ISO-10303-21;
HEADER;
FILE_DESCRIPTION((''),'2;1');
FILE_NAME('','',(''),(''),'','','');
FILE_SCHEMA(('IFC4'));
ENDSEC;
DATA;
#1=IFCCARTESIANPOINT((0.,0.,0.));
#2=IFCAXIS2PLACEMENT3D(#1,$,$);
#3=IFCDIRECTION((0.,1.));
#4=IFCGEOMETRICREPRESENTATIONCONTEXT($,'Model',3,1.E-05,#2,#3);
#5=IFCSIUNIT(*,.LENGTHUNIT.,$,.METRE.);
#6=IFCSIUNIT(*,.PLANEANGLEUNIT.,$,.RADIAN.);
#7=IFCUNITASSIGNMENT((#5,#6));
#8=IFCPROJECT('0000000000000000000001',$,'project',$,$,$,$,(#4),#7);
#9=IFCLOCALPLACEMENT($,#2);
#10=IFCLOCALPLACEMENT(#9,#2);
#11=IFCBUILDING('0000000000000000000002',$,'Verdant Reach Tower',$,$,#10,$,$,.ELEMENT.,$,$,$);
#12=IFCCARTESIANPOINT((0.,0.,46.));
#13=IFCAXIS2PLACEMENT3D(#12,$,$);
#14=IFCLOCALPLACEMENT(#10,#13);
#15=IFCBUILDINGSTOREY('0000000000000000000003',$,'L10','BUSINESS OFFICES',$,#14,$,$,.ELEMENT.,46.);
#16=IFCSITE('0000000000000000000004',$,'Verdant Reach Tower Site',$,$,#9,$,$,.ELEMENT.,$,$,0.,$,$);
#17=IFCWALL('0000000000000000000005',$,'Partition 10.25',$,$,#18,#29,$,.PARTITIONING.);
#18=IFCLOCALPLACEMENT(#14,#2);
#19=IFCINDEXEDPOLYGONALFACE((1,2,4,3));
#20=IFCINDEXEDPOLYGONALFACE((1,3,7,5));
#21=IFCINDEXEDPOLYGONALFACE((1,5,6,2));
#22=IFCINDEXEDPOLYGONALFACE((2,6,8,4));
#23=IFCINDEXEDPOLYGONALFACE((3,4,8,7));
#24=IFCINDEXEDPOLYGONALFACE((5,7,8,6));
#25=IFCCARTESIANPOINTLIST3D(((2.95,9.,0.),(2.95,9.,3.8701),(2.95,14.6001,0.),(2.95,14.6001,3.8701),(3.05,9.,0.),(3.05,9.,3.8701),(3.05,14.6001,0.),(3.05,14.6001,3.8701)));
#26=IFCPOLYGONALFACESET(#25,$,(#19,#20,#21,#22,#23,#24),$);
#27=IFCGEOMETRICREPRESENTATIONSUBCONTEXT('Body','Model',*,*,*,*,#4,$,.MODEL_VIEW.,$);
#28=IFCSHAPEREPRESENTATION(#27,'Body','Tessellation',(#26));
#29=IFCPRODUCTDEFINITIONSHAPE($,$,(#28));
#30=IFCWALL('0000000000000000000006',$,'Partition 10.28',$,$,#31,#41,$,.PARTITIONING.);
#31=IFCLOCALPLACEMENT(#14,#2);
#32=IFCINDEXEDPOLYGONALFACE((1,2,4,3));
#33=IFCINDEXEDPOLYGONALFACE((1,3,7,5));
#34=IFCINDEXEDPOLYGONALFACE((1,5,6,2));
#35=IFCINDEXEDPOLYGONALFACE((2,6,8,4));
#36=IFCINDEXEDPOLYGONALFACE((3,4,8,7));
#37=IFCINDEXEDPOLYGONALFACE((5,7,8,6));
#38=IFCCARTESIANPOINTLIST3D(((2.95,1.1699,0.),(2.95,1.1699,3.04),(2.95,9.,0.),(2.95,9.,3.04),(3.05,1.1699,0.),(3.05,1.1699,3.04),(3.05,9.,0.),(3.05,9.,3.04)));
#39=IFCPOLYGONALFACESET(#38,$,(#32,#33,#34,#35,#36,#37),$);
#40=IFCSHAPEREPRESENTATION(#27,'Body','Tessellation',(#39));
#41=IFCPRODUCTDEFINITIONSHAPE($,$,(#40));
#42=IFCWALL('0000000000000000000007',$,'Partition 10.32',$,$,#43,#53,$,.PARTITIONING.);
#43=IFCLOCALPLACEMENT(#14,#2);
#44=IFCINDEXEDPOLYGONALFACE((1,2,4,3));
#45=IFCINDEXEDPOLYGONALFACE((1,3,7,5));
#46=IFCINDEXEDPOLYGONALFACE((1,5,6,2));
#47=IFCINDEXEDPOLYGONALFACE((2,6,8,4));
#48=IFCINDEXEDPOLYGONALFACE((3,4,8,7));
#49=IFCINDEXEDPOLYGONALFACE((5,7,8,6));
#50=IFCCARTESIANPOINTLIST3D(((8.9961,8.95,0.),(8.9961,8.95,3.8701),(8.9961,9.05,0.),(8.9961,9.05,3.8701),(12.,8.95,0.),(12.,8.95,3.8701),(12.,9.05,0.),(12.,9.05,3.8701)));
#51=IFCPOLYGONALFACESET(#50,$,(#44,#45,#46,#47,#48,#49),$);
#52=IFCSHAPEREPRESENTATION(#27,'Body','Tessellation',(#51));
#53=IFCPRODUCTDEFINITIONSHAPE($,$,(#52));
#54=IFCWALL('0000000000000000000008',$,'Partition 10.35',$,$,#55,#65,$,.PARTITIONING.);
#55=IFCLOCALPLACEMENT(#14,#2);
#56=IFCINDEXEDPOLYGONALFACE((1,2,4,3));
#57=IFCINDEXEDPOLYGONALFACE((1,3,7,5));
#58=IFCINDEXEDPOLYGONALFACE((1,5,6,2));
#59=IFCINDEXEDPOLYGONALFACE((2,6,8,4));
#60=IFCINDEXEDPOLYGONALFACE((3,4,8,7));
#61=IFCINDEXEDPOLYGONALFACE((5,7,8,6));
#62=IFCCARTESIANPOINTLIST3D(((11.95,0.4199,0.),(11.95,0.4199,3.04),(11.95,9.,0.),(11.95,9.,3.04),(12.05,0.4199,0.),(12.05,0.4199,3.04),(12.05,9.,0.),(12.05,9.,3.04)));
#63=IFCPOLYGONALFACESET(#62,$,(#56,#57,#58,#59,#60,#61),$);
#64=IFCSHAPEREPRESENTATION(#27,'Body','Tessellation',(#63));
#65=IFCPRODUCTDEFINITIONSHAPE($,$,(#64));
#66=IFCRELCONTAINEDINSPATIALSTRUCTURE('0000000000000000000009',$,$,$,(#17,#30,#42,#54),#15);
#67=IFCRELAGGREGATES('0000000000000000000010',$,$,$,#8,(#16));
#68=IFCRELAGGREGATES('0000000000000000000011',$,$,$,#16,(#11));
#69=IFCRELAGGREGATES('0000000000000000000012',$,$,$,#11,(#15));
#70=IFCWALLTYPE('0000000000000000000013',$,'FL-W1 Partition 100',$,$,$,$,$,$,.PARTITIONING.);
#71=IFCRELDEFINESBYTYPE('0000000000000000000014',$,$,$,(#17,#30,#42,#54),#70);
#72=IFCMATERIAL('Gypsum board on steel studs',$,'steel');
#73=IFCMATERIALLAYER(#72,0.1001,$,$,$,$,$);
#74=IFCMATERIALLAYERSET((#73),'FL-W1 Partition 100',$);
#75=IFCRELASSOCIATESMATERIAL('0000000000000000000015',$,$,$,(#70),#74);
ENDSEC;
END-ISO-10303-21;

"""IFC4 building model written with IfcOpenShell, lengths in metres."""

from ifc_helpers import new_model, si_unit, direction, frame, frame_2d, origin, place, context, subcontext, project, spatial, rectangle, extrude, material, layer, layer_set, type_object, element, save


model = new_model("IFC4")

# Units and contexts
model_context = context("Model", 3, precision=1e-05, world=origin(), true_north=direction((0.0, 1.0)))
body_context = subcontext(model_context, "Body", "Model", "MODEL_VIEW")
ifc_project = project(units=[si_unit("LENGTHUNIT", "METRE"), si_unit("PLANEANGLEUNIT", "RADIAN")], contexts=[model_context])

# Site, building, storey
site_placement = place(None, origin())
site = spatial("IfcSite", under=ifc_project, at=site_placement, Name="Verdant Reach Tower Site", CompositionType="ELEMENT", RefElevation=0.0)
building_placement = place(site_placement, origin())
building = spatial("IfcBuilding", under=site, at=building_placement, Name="Verdant Reach Tower", CompositionType="ELEMENT")
storey_placement = place(building_placement, frame((0.0, 0.0, 46.0)))
storey = spatial("IfcBuildingStorey", under=building, at=storey_placement, Name="L10", Description="BUSINESS OFFICES", CompositionType="ELEMENT", Elevation=46.0)

# Shared definitions
ifc_material_1 = material(Name="Gypsum board on steel studs", Category="steel")
ifc_layer_1 = layer(ifc_material_1, 0.1001)
ifc_layer_set_1 = layer_set([ifc_layer_1], Name="FL-W1 Partition 100")
wall_type = type_object("IfcWallType", Name="FL-W1 Partition 100", PredefinedType="PARTITIONING", material=ifc_layer_set_1)

# Walls
wall_1_placement = place(storey_placement, frame((3.0, 9.0, 0.0), z_axis=(0.0, 0.0, 1.0), x_axis=(0.0, 1.0, 0.0)))
element("IfcWall", 1, at=wall_1_placement, inside=storey, type_object=wall_type, Name="Partition 10.25", PredefinedType="PARTITIONING", context=body_context, shape_type="SweptSolid", body=[
    extrude(rectangle(XDim=5.6001, YDim=0.1001, at=frame_2d((2.8, 0.0))), origin(), (0.0, 0.0, 1.0), 3.8701),
])
wall_2_placement = place(storey_placement, frame((3.0, 1.1699, 0.0), z_axis=(0.0, 0.0, 1.0), x_axis=(0.0, 1.0, 0.0)))
element("IfcWall", 2, at=wall_2_placement, inside=storey, type_object=wall_type, Name="Partition 10.28", PredefinedType="PARTITIONING", context=body_context, shape_type="SweptSolid", body=[
    extrude(rectangle(XDim=7.8301, YDim=0.1001, at=frame_2d((3.915, 0.0))), origin(), (0.0, 0.0, 1.0), 3.04),
])
wall_3_placement = place(storey_placement, frame((8.9961, 9.0, 0.0), z_axis=(0.0, 0.0, 1.0), x_axis=(1.0, 0.0, 0.0)))
element("IfcWall", 3, at=wall_3_placement, inside=storey, type_object=wall_type, Name="Partition 10.32", PredefinedType="PARTITIONING", context=body_context, shape_type="SweptSolid", body=[
    extrude(rectangle(XDim=3.0039, YDim=0.1001, at=frame_2d((1.502, 0.0))), origin(), (0.0, 0.0, 1.0), 3.8701),
])
wall_4_placement = place(storey_placement, frame((12.0, 0.4199, 0.0), z_axis=(0.0, 0.0, 1.0), x_axis=(0.0, 1.0, 0.0)))
element("IfcWall", 4, at=wall_4_placement, inside=storey, type_object=wall_type, Name="Partition 10.35", PredefinedType="PARTITIONING", context=body_context, shape_type="SweptSolid", body=[
    extrude(rectangle(XDim=8.5801, YDim=0.1001, at=frame_2d((4.29, 0.0))), origin(), (0.0, 0.0, 1.0), 3.04),
])

save(model, "model.ifc")
